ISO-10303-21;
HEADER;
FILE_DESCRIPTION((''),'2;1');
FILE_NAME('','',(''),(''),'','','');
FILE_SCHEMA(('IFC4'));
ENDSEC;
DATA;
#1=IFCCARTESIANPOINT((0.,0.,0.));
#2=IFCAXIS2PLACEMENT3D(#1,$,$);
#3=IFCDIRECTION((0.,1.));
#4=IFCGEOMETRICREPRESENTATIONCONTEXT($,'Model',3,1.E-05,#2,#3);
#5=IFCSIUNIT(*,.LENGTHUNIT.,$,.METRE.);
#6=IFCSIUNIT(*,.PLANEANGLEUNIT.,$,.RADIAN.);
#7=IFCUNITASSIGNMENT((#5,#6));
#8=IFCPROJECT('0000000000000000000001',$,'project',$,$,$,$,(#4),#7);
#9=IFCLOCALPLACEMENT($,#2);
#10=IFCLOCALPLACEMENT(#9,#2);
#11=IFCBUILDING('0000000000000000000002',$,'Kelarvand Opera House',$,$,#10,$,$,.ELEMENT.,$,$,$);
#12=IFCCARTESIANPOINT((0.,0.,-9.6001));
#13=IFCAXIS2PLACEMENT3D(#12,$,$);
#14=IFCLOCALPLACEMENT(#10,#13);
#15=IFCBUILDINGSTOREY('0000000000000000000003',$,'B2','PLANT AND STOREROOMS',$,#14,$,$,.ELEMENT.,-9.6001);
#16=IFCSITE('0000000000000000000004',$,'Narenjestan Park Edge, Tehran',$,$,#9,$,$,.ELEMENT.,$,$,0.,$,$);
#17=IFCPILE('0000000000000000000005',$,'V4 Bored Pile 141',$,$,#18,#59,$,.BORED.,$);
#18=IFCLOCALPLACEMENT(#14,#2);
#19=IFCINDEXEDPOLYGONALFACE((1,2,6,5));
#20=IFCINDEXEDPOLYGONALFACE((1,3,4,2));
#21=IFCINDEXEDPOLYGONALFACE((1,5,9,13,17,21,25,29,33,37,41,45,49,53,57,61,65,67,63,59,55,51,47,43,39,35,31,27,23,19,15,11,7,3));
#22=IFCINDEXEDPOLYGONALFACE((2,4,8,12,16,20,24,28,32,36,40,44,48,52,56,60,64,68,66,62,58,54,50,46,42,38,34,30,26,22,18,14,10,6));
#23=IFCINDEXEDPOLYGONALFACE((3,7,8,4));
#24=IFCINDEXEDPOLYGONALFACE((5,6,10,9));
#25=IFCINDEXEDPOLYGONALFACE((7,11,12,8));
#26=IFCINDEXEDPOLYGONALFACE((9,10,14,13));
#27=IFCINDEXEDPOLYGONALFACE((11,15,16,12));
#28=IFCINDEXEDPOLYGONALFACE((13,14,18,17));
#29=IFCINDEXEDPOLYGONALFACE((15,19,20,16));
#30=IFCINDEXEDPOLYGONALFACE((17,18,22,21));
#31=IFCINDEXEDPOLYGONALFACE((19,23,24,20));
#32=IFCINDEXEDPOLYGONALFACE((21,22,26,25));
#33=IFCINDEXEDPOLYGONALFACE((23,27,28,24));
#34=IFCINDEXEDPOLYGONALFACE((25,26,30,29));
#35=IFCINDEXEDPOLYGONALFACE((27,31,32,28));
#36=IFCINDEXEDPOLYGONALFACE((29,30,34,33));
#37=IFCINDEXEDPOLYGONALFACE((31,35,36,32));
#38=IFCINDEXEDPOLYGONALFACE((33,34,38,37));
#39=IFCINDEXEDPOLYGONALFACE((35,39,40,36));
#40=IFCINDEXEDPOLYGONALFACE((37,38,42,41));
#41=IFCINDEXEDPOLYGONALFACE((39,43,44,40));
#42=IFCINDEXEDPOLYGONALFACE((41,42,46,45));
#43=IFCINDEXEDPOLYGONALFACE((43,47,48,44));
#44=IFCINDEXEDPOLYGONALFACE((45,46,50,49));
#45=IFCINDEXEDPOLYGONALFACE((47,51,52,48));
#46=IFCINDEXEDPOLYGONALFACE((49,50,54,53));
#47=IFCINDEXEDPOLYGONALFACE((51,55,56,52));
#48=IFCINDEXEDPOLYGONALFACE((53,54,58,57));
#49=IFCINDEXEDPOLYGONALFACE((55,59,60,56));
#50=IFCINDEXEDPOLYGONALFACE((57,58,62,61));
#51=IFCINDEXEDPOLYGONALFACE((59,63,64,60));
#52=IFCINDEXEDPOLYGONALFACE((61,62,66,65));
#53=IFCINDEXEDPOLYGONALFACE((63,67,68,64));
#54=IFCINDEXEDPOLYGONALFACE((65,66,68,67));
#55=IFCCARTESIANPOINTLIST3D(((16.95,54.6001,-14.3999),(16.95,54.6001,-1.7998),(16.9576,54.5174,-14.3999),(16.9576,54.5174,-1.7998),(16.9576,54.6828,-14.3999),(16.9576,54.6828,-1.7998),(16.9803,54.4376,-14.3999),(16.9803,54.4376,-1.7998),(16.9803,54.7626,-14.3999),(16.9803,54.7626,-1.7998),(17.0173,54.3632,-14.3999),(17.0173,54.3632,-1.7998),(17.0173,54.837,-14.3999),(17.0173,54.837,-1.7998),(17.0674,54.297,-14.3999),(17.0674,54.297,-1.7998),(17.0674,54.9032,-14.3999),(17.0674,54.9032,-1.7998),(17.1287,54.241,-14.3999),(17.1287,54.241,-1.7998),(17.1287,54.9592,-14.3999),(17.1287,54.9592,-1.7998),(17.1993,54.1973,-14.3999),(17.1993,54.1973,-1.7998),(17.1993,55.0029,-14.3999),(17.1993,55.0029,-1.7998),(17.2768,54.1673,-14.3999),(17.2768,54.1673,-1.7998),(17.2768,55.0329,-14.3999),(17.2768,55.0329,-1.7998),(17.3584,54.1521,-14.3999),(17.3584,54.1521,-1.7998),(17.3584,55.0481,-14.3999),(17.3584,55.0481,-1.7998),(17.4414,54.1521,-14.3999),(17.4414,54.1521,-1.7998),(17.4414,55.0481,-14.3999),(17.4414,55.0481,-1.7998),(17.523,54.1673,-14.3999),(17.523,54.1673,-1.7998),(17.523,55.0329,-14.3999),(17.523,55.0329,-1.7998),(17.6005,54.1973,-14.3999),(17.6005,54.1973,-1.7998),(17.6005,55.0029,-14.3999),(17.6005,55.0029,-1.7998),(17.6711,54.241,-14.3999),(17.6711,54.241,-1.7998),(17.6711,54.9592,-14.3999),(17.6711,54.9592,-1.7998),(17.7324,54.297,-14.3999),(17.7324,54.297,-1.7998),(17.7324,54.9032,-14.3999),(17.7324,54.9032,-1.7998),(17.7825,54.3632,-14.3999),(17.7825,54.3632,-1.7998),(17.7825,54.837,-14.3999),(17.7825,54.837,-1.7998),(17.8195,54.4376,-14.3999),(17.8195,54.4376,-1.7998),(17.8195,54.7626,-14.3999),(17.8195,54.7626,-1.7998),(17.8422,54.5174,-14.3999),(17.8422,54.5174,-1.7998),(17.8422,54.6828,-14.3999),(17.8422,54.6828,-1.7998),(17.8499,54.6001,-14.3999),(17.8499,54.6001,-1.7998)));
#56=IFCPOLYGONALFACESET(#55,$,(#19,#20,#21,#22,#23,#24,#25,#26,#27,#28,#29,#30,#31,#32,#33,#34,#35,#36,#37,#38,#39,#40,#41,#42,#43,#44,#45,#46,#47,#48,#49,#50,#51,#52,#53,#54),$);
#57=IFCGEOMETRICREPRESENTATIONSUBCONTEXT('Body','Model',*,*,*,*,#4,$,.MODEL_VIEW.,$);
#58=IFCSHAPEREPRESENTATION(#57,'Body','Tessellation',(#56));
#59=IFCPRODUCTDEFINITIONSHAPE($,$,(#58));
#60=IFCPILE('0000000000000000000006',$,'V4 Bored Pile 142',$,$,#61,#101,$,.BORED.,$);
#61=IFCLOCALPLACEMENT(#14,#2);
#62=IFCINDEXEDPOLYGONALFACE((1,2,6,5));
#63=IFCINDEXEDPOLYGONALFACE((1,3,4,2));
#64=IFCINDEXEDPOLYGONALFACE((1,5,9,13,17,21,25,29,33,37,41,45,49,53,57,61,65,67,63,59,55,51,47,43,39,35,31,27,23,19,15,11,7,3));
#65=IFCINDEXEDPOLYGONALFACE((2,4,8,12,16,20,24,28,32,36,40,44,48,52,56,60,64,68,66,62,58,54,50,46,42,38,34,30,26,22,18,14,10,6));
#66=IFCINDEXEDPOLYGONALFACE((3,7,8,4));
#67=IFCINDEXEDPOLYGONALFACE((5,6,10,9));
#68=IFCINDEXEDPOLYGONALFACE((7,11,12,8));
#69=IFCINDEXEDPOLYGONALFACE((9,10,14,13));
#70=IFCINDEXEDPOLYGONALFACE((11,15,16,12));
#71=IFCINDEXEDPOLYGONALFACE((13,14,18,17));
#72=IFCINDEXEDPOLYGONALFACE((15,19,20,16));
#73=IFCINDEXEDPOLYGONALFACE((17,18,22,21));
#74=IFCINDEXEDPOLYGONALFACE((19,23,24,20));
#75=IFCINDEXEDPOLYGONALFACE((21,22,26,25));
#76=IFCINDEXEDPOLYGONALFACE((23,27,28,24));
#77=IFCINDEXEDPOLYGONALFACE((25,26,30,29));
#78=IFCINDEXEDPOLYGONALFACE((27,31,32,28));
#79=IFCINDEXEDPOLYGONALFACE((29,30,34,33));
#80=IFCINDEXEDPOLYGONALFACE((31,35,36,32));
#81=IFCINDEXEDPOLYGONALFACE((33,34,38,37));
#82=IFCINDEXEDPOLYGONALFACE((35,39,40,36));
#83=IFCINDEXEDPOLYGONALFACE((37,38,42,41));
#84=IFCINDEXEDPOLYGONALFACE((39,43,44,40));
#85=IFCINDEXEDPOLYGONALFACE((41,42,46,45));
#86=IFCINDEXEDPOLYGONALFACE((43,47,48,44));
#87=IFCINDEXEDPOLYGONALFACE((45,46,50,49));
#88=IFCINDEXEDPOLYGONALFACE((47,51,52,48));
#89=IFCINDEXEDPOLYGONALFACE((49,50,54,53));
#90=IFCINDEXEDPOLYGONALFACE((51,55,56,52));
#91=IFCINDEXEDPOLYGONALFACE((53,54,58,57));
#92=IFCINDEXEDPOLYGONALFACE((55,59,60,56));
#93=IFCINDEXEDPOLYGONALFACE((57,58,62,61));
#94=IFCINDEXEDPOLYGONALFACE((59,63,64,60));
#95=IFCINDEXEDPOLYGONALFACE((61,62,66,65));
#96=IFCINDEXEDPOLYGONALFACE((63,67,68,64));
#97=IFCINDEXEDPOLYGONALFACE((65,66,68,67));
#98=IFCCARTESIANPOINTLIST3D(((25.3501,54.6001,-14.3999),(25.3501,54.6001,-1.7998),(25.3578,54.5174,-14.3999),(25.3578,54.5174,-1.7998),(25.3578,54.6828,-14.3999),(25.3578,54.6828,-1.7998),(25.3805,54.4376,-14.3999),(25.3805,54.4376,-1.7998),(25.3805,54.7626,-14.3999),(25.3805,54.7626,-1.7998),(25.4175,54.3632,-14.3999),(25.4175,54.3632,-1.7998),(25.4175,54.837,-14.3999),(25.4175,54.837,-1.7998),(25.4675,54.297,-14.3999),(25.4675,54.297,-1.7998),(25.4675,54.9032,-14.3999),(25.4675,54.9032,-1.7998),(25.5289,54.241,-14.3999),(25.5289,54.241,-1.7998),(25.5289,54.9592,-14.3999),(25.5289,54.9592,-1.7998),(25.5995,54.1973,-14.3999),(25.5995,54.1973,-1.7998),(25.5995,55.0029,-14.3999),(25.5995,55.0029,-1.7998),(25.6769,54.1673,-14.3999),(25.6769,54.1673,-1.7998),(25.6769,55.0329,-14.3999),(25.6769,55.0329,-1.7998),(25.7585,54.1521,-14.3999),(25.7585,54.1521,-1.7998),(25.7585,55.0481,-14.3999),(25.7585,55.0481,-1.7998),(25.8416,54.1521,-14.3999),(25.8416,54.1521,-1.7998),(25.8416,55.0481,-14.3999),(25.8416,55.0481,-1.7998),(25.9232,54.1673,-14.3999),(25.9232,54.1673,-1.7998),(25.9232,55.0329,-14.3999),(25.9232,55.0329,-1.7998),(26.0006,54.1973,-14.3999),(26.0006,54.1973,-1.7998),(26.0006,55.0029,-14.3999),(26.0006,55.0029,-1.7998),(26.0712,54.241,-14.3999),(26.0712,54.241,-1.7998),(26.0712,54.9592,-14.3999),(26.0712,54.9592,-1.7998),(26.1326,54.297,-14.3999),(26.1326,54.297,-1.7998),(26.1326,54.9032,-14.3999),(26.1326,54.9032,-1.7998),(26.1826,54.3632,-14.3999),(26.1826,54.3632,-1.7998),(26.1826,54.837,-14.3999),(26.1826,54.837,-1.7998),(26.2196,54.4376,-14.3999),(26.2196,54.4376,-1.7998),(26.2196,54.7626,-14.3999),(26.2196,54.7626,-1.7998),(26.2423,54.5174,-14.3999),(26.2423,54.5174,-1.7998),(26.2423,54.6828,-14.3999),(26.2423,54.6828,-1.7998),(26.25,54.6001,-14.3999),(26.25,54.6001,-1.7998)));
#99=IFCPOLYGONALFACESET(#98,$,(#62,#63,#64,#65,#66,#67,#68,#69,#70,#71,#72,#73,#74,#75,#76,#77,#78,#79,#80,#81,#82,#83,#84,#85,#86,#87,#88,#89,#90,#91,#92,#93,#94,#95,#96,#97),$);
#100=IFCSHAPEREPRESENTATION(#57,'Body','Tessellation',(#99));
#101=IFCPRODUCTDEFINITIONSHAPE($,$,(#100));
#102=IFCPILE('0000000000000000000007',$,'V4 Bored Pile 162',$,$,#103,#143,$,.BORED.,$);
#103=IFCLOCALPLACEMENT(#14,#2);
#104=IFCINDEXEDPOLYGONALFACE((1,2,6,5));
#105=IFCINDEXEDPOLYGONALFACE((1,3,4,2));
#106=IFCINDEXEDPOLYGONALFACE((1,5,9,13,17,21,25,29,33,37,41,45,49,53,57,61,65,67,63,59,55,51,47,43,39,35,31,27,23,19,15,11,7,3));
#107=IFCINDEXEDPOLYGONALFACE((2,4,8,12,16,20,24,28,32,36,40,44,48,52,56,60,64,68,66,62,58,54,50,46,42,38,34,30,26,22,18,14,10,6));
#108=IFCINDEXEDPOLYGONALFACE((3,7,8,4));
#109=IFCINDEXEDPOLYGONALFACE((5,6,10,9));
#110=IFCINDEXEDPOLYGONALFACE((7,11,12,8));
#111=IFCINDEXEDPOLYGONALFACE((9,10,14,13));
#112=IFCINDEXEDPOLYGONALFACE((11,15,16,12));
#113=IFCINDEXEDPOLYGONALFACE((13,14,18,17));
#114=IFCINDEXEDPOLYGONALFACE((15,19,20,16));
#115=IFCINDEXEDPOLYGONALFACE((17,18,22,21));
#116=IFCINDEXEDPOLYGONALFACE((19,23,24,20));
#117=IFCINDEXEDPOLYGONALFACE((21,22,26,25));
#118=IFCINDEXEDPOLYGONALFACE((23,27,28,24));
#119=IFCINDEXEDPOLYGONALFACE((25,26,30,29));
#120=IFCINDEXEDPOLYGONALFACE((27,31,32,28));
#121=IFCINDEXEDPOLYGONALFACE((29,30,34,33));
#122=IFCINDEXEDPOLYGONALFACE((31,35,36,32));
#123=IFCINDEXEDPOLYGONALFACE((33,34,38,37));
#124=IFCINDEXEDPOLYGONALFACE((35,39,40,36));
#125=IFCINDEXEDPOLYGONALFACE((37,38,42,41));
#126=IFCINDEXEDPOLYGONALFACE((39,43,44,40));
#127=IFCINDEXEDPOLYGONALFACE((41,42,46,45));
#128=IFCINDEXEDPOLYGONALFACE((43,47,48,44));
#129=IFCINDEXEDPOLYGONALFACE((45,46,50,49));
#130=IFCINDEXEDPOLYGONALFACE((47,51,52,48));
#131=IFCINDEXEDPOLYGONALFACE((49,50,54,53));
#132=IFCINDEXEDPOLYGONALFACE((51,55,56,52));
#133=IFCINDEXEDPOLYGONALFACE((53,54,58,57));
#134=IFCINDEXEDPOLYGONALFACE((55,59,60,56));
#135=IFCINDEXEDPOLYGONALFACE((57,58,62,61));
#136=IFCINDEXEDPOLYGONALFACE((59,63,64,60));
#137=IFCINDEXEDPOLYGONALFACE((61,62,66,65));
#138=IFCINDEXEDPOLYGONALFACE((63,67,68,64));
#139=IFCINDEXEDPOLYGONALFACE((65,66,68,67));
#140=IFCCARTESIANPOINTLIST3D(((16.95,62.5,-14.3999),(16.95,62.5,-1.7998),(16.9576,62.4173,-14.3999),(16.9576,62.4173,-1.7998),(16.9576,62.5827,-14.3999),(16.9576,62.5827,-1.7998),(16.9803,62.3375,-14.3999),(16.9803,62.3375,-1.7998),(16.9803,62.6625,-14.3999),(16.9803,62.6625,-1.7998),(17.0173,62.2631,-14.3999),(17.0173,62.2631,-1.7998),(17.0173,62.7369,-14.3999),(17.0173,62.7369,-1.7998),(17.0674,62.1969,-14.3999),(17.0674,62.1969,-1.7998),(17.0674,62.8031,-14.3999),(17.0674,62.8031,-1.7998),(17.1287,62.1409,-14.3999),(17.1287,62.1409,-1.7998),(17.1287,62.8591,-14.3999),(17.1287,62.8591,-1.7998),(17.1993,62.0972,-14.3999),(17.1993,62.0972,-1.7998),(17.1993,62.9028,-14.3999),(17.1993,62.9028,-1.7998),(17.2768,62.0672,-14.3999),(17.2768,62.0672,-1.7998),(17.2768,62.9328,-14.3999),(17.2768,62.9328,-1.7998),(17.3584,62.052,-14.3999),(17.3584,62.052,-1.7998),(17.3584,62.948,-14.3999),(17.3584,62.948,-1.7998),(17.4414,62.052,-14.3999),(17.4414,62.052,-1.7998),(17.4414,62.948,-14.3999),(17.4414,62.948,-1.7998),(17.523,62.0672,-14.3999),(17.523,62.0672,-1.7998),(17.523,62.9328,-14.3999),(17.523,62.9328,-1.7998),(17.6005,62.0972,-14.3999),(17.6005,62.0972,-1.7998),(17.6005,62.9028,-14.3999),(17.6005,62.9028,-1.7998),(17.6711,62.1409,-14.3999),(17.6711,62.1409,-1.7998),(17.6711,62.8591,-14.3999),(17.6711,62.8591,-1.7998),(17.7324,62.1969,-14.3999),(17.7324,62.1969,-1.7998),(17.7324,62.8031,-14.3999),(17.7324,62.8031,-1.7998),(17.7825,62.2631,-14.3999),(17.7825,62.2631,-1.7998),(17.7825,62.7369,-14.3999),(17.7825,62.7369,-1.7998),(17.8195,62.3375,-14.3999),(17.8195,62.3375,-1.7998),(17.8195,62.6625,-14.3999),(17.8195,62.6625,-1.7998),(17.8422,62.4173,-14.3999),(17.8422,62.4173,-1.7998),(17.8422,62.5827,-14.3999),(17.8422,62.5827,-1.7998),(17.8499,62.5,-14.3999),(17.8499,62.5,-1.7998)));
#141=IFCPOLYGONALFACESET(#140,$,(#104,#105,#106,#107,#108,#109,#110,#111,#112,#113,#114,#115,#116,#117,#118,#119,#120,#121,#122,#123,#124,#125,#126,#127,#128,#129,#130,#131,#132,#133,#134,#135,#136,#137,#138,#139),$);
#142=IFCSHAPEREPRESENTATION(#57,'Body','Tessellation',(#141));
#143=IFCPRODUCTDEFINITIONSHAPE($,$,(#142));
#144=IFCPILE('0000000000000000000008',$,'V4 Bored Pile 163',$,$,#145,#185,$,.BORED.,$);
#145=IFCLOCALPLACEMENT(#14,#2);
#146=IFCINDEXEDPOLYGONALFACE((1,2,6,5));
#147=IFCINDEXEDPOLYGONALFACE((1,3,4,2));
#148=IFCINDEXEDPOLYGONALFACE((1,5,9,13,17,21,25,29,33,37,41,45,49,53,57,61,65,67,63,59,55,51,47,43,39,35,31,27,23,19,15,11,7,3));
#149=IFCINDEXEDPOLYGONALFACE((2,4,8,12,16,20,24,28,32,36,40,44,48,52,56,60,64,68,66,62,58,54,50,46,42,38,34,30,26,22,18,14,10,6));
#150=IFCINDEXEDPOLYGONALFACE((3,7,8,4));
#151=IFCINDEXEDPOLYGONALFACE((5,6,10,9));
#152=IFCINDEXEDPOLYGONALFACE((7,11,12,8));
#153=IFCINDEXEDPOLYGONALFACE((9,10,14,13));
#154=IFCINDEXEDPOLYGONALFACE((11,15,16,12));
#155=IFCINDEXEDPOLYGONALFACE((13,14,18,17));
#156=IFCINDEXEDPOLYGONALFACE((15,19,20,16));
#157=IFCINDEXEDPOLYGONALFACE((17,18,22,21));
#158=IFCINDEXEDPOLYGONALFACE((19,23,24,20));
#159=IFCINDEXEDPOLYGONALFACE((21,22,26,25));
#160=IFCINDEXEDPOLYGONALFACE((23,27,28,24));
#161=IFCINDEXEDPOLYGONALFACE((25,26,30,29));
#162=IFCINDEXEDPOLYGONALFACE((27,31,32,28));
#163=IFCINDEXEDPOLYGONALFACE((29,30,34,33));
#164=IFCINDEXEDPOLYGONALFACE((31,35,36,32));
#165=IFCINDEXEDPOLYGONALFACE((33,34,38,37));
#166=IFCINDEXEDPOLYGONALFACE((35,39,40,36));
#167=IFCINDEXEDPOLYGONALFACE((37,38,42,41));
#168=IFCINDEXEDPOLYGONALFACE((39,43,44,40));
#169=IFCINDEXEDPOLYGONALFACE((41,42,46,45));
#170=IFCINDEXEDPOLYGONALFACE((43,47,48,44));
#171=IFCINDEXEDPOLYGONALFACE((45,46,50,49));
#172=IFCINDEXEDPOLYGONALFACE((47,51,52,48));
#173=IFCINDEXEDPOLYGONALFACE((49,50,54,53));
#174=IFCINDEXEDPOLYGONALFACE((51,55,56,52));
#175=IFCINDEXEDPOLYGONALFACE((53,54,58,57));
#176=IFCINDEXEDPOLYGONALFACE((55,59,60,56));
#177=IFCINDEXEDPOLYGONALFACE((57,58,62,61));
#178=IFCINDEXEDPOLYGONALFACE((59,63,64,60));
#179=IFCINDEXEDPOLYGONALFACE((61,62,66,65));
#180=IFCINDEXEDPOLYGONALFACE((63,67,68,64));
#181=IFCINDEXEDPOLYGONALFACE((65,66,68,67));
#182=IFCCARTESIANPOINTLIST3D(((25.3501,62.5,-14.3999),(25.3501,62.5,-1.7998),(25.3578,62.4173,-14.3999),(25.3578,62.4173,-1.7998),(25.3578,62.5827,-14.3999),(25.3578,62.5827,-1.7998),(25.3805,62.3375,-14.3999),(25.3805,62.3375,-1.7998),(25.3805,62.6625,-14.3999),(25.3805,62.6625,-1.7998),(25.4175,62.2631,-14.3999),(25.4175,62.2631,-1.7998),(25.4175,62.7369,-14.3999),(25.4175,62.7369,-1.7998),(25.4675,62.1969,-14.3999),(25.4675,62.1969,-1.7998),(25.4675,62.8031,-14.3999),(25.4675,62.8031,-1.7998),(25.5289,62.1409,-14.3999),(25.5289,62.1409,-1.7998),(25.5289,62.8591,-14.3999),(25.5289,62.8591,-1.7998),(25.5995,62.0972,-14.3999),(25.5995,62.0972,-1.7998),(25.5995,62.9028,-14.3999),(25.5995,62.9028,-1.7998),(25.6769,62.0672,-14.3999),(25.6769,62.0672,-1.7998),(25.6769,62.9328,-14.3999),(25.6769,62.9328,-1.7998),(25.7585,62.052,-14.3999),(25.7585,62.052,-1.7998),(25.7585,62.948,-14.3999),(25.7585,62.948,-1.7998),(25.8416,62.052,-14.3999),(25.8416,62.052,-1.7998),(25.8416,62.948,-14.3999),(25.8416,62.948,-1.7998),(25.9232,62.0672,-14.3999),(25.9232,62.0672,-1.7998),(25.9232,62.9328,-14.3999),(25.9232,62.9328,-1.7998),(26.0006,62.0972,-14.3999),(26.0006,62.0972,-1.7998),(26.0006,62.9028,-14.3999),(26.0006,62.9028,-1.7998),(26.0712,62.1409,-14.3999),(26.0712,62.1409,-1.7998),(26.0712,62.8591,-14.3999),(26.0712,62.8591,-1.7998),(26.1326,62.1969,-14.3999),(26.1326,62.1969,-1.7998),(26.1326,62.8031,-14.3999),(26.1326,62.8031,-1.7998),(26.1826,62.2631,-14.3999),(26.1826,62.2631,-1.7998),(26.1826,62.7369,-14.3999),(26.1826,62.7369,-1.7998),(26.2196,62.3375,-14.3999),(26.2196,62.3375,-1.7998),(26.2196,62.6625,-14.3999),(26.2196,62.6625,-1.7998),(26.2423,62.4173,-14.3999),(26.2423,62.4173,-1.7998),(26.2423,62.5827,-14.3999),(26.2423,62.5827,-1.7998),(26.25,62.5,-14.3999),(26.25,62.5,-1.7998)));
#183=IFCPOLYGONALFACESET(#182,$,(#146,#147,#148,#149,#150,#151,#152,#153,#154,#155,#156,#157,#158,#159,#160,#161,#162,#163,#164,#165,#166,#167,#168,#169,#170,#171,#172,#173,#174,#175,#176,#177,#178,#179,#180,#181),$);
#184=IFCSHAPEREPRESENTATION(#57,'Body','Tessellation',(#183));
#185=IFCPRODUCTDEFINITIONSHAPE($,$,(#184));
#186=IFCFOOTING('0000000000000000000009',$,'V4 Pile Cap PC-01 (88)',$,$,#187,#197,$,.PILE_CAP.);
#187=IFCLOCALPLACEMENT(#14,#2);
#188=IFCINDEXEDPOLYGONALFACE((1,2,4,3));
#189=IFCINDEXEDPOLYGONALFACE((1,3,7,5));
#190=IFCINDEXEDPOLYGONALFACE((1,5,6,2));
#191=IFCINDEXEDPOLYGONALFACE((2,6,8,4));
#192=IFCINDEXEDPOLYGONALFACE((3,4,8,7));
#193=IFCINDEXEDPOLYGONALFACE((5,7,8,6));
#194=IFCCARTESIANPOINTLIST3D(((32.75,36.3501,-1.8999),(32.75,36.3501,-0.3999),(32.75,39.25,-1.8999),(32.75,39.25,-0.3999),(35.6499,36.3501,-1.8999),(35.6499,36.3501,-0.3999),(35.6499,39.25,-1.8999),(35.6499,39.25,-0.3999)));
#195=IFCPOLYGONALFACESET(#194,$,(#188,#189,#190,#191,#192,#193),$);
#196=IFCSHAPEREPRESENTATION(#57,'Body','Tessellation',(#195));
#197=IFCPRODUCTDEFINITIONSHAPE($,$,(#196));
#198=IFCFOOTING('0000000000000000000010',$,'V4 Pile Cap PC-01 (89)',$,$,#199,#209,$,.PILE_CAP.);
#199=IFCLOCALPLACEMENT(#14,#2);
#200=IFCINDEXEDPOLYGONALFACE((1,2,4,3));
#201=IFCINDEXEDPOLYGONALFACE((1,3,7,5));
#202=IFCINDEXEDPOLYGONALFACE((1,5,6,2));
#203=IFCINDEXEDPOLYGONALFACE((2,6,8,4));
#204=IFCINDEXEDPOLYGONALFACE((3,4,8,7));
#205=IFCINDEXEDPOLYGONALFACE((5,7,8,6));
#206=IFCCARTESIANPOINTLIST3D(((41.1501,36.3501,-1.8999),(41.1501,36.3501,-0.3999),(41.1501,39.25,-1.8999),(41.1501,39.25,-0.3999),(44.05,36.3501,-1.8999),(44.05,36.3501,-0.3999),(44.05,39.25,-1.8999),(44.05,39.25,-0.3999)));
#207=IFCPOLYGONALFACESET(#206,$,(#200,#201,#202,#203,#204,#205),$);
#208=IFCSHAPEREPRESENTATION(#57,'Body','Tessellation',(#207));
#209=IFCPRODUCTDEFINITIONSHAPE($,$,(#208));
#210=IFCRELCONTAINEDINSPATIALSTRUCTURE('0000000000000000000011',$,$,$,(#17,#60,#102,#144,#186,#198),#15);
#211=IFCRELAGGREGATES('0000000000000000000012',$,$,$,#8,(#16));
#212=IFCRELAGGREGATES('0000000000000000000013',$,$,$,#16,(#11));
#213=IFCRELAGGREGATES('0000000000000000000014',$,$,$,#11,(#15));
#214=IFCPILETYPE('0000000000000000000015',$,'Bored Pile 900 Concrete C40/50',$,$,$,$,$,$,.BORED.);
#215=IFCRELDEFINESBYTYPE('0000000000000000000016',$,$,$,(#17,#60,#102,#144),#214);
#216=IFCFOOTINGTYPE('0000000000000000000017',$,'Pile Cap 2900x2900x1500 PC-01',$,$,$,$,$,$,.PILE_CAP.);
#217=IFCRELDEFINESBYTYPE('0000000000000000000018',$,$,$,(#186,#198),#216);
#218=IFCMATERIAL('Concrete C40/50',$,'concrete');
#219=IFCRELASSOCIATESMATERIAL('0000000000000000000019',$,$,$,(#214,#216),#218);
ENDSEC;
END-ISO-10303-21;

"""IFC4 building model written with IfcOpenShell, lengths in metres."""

from ifc_helpers import new_model, si_unit, direction, frame, origin, origin_2d, place, context, subcontext, project, spatial, rectangle, circle, extrude, material, material_profile, profile_set, type_object, element, save


model = new_model("IFC4")

# Units and contexts
model_context = context("Model", 3, precision=1e-05, world=origin(), true_north=direction((0.0, 1.0)))
body_context = subcontext(model_context, "Body", "Model", "MODEL_VIEW")
ifc_project = project(units=[si_unit("LENGTHUNIT", "METRE"), si_unit("PLANEANGLEUNIT", "RADIAN")], contexts=[model_context])

# Site, building, storey
site_placement = place(None, origin())
site = spatial("IfcSite", under=ifc_project, at=site_placement, Name="Narenjestan Park Edge, Tehran", CompositionType="ELEMENT", RefElevation=0.0)
building_placement = place(site_placement, origin())
building = spatial("IfcBuilding", under=site, at=building_placement, Name="Kelarvand Opera House", CompositionType="ELEMENT")
storey_placement = place(building_placement, frame((0.0, 0.0, -9.6001)))
storey = spatial("IfcBuildingStorey", under=building, at=storey_placement, Name="B2", Description="PLANT AND STOREROOMS", CompositionType="ELEMENT", Elevation=-9.6001)

# Piles
ifc_material_1 = material(Name="Concrete C40/50", Category="concrete")
ifc_material_profile_1 = material_profile(ifc_material_1, circle(Radius=0.45, at=origin_2d()), Name="BP 900", Category="concrete")
ifc_profile_set_1 = profile_set([ifc_material_profile_1], Name="Concrete C40/50")
pile_type = type_object("IfcPileType", Name="Bored Pile 900 Concrete C40/50", PredefinedType="BORED", material=ifc_profile_set_1)
for number, where, z_axis, x_axis, name in (
    (1, (17.3999, 54.6001, -1.7998), (0.0, 0.0, -1.0), (1.0, 0.0, 0.0), "V4 Bored Pile 141"),
    (2, (25.8, 54.6001, -1.7998), (0.0, 0.0, -1.0), (1.0, 0.0, 0.0), "V4 Bored Pile 142"),
    (3, (17.3999, 62.5, -1.7998), (0.0, 0.0, -1.0), (1.0, 0.0, 0.0), "V4 Bored Pile 162"),
    (4, (25.8, 62.5, -1.7998), (0.0, 0.0, -1.0), (1.0, 0.0, 0.0), "V4 Bored Pile 163"),
):
    element("IfcPile", number, at=place(storey_placement, frame(where, z_axis=z_axis, x_axis=x_axis)), inside=storey, type_object=pile_type, Name=name, PredefinedType="BORED", context=body_context, shape_type="SweptSolid", body=[
        extrude(circle(Radius=0.45, at=origin_2d()), origin(), (0.0, 0.0, 1.0), 12.6001),
    ])

# Footings
footing_type_1 = type_object("IfcFootingType", Name="Pile Cap 2900x2900x1500 PC-01", PredefinedType="PILE_CAP", material=ifc_material_1)
for number, where, z_axis, x_axis, name in (
    (5, (34.2, 37.8, -1.8999), (0.0, 0.0, 1.0), (1.0, 0.0, 0.0), "V4 Pile Cap PC-01 (88)"),
    (6, (42.6001, 37.8, -1.8999), (0.0, 0.0, 1.0), (1.0, 0.0, 0.0), "V4 Pile Cap PC-01 (89)"),
):
    element("IfcFooting", number, at=place(storey_placement, frame(where, z_axis=z_axis, x_axis=x_axis)), inside=storey, type_object=footing_type_1, Name=name, PredefinedType="PILE_CAP", context=body_context, shape_type="SweptSolid", body=[
        extrude(rectangle(XDim=2.8999, YDim=2.8999, at=origin_2d()), origin(), (0.0, 0.0, 1.0), 1.5),
    ])

save(model, "model.ifc")
